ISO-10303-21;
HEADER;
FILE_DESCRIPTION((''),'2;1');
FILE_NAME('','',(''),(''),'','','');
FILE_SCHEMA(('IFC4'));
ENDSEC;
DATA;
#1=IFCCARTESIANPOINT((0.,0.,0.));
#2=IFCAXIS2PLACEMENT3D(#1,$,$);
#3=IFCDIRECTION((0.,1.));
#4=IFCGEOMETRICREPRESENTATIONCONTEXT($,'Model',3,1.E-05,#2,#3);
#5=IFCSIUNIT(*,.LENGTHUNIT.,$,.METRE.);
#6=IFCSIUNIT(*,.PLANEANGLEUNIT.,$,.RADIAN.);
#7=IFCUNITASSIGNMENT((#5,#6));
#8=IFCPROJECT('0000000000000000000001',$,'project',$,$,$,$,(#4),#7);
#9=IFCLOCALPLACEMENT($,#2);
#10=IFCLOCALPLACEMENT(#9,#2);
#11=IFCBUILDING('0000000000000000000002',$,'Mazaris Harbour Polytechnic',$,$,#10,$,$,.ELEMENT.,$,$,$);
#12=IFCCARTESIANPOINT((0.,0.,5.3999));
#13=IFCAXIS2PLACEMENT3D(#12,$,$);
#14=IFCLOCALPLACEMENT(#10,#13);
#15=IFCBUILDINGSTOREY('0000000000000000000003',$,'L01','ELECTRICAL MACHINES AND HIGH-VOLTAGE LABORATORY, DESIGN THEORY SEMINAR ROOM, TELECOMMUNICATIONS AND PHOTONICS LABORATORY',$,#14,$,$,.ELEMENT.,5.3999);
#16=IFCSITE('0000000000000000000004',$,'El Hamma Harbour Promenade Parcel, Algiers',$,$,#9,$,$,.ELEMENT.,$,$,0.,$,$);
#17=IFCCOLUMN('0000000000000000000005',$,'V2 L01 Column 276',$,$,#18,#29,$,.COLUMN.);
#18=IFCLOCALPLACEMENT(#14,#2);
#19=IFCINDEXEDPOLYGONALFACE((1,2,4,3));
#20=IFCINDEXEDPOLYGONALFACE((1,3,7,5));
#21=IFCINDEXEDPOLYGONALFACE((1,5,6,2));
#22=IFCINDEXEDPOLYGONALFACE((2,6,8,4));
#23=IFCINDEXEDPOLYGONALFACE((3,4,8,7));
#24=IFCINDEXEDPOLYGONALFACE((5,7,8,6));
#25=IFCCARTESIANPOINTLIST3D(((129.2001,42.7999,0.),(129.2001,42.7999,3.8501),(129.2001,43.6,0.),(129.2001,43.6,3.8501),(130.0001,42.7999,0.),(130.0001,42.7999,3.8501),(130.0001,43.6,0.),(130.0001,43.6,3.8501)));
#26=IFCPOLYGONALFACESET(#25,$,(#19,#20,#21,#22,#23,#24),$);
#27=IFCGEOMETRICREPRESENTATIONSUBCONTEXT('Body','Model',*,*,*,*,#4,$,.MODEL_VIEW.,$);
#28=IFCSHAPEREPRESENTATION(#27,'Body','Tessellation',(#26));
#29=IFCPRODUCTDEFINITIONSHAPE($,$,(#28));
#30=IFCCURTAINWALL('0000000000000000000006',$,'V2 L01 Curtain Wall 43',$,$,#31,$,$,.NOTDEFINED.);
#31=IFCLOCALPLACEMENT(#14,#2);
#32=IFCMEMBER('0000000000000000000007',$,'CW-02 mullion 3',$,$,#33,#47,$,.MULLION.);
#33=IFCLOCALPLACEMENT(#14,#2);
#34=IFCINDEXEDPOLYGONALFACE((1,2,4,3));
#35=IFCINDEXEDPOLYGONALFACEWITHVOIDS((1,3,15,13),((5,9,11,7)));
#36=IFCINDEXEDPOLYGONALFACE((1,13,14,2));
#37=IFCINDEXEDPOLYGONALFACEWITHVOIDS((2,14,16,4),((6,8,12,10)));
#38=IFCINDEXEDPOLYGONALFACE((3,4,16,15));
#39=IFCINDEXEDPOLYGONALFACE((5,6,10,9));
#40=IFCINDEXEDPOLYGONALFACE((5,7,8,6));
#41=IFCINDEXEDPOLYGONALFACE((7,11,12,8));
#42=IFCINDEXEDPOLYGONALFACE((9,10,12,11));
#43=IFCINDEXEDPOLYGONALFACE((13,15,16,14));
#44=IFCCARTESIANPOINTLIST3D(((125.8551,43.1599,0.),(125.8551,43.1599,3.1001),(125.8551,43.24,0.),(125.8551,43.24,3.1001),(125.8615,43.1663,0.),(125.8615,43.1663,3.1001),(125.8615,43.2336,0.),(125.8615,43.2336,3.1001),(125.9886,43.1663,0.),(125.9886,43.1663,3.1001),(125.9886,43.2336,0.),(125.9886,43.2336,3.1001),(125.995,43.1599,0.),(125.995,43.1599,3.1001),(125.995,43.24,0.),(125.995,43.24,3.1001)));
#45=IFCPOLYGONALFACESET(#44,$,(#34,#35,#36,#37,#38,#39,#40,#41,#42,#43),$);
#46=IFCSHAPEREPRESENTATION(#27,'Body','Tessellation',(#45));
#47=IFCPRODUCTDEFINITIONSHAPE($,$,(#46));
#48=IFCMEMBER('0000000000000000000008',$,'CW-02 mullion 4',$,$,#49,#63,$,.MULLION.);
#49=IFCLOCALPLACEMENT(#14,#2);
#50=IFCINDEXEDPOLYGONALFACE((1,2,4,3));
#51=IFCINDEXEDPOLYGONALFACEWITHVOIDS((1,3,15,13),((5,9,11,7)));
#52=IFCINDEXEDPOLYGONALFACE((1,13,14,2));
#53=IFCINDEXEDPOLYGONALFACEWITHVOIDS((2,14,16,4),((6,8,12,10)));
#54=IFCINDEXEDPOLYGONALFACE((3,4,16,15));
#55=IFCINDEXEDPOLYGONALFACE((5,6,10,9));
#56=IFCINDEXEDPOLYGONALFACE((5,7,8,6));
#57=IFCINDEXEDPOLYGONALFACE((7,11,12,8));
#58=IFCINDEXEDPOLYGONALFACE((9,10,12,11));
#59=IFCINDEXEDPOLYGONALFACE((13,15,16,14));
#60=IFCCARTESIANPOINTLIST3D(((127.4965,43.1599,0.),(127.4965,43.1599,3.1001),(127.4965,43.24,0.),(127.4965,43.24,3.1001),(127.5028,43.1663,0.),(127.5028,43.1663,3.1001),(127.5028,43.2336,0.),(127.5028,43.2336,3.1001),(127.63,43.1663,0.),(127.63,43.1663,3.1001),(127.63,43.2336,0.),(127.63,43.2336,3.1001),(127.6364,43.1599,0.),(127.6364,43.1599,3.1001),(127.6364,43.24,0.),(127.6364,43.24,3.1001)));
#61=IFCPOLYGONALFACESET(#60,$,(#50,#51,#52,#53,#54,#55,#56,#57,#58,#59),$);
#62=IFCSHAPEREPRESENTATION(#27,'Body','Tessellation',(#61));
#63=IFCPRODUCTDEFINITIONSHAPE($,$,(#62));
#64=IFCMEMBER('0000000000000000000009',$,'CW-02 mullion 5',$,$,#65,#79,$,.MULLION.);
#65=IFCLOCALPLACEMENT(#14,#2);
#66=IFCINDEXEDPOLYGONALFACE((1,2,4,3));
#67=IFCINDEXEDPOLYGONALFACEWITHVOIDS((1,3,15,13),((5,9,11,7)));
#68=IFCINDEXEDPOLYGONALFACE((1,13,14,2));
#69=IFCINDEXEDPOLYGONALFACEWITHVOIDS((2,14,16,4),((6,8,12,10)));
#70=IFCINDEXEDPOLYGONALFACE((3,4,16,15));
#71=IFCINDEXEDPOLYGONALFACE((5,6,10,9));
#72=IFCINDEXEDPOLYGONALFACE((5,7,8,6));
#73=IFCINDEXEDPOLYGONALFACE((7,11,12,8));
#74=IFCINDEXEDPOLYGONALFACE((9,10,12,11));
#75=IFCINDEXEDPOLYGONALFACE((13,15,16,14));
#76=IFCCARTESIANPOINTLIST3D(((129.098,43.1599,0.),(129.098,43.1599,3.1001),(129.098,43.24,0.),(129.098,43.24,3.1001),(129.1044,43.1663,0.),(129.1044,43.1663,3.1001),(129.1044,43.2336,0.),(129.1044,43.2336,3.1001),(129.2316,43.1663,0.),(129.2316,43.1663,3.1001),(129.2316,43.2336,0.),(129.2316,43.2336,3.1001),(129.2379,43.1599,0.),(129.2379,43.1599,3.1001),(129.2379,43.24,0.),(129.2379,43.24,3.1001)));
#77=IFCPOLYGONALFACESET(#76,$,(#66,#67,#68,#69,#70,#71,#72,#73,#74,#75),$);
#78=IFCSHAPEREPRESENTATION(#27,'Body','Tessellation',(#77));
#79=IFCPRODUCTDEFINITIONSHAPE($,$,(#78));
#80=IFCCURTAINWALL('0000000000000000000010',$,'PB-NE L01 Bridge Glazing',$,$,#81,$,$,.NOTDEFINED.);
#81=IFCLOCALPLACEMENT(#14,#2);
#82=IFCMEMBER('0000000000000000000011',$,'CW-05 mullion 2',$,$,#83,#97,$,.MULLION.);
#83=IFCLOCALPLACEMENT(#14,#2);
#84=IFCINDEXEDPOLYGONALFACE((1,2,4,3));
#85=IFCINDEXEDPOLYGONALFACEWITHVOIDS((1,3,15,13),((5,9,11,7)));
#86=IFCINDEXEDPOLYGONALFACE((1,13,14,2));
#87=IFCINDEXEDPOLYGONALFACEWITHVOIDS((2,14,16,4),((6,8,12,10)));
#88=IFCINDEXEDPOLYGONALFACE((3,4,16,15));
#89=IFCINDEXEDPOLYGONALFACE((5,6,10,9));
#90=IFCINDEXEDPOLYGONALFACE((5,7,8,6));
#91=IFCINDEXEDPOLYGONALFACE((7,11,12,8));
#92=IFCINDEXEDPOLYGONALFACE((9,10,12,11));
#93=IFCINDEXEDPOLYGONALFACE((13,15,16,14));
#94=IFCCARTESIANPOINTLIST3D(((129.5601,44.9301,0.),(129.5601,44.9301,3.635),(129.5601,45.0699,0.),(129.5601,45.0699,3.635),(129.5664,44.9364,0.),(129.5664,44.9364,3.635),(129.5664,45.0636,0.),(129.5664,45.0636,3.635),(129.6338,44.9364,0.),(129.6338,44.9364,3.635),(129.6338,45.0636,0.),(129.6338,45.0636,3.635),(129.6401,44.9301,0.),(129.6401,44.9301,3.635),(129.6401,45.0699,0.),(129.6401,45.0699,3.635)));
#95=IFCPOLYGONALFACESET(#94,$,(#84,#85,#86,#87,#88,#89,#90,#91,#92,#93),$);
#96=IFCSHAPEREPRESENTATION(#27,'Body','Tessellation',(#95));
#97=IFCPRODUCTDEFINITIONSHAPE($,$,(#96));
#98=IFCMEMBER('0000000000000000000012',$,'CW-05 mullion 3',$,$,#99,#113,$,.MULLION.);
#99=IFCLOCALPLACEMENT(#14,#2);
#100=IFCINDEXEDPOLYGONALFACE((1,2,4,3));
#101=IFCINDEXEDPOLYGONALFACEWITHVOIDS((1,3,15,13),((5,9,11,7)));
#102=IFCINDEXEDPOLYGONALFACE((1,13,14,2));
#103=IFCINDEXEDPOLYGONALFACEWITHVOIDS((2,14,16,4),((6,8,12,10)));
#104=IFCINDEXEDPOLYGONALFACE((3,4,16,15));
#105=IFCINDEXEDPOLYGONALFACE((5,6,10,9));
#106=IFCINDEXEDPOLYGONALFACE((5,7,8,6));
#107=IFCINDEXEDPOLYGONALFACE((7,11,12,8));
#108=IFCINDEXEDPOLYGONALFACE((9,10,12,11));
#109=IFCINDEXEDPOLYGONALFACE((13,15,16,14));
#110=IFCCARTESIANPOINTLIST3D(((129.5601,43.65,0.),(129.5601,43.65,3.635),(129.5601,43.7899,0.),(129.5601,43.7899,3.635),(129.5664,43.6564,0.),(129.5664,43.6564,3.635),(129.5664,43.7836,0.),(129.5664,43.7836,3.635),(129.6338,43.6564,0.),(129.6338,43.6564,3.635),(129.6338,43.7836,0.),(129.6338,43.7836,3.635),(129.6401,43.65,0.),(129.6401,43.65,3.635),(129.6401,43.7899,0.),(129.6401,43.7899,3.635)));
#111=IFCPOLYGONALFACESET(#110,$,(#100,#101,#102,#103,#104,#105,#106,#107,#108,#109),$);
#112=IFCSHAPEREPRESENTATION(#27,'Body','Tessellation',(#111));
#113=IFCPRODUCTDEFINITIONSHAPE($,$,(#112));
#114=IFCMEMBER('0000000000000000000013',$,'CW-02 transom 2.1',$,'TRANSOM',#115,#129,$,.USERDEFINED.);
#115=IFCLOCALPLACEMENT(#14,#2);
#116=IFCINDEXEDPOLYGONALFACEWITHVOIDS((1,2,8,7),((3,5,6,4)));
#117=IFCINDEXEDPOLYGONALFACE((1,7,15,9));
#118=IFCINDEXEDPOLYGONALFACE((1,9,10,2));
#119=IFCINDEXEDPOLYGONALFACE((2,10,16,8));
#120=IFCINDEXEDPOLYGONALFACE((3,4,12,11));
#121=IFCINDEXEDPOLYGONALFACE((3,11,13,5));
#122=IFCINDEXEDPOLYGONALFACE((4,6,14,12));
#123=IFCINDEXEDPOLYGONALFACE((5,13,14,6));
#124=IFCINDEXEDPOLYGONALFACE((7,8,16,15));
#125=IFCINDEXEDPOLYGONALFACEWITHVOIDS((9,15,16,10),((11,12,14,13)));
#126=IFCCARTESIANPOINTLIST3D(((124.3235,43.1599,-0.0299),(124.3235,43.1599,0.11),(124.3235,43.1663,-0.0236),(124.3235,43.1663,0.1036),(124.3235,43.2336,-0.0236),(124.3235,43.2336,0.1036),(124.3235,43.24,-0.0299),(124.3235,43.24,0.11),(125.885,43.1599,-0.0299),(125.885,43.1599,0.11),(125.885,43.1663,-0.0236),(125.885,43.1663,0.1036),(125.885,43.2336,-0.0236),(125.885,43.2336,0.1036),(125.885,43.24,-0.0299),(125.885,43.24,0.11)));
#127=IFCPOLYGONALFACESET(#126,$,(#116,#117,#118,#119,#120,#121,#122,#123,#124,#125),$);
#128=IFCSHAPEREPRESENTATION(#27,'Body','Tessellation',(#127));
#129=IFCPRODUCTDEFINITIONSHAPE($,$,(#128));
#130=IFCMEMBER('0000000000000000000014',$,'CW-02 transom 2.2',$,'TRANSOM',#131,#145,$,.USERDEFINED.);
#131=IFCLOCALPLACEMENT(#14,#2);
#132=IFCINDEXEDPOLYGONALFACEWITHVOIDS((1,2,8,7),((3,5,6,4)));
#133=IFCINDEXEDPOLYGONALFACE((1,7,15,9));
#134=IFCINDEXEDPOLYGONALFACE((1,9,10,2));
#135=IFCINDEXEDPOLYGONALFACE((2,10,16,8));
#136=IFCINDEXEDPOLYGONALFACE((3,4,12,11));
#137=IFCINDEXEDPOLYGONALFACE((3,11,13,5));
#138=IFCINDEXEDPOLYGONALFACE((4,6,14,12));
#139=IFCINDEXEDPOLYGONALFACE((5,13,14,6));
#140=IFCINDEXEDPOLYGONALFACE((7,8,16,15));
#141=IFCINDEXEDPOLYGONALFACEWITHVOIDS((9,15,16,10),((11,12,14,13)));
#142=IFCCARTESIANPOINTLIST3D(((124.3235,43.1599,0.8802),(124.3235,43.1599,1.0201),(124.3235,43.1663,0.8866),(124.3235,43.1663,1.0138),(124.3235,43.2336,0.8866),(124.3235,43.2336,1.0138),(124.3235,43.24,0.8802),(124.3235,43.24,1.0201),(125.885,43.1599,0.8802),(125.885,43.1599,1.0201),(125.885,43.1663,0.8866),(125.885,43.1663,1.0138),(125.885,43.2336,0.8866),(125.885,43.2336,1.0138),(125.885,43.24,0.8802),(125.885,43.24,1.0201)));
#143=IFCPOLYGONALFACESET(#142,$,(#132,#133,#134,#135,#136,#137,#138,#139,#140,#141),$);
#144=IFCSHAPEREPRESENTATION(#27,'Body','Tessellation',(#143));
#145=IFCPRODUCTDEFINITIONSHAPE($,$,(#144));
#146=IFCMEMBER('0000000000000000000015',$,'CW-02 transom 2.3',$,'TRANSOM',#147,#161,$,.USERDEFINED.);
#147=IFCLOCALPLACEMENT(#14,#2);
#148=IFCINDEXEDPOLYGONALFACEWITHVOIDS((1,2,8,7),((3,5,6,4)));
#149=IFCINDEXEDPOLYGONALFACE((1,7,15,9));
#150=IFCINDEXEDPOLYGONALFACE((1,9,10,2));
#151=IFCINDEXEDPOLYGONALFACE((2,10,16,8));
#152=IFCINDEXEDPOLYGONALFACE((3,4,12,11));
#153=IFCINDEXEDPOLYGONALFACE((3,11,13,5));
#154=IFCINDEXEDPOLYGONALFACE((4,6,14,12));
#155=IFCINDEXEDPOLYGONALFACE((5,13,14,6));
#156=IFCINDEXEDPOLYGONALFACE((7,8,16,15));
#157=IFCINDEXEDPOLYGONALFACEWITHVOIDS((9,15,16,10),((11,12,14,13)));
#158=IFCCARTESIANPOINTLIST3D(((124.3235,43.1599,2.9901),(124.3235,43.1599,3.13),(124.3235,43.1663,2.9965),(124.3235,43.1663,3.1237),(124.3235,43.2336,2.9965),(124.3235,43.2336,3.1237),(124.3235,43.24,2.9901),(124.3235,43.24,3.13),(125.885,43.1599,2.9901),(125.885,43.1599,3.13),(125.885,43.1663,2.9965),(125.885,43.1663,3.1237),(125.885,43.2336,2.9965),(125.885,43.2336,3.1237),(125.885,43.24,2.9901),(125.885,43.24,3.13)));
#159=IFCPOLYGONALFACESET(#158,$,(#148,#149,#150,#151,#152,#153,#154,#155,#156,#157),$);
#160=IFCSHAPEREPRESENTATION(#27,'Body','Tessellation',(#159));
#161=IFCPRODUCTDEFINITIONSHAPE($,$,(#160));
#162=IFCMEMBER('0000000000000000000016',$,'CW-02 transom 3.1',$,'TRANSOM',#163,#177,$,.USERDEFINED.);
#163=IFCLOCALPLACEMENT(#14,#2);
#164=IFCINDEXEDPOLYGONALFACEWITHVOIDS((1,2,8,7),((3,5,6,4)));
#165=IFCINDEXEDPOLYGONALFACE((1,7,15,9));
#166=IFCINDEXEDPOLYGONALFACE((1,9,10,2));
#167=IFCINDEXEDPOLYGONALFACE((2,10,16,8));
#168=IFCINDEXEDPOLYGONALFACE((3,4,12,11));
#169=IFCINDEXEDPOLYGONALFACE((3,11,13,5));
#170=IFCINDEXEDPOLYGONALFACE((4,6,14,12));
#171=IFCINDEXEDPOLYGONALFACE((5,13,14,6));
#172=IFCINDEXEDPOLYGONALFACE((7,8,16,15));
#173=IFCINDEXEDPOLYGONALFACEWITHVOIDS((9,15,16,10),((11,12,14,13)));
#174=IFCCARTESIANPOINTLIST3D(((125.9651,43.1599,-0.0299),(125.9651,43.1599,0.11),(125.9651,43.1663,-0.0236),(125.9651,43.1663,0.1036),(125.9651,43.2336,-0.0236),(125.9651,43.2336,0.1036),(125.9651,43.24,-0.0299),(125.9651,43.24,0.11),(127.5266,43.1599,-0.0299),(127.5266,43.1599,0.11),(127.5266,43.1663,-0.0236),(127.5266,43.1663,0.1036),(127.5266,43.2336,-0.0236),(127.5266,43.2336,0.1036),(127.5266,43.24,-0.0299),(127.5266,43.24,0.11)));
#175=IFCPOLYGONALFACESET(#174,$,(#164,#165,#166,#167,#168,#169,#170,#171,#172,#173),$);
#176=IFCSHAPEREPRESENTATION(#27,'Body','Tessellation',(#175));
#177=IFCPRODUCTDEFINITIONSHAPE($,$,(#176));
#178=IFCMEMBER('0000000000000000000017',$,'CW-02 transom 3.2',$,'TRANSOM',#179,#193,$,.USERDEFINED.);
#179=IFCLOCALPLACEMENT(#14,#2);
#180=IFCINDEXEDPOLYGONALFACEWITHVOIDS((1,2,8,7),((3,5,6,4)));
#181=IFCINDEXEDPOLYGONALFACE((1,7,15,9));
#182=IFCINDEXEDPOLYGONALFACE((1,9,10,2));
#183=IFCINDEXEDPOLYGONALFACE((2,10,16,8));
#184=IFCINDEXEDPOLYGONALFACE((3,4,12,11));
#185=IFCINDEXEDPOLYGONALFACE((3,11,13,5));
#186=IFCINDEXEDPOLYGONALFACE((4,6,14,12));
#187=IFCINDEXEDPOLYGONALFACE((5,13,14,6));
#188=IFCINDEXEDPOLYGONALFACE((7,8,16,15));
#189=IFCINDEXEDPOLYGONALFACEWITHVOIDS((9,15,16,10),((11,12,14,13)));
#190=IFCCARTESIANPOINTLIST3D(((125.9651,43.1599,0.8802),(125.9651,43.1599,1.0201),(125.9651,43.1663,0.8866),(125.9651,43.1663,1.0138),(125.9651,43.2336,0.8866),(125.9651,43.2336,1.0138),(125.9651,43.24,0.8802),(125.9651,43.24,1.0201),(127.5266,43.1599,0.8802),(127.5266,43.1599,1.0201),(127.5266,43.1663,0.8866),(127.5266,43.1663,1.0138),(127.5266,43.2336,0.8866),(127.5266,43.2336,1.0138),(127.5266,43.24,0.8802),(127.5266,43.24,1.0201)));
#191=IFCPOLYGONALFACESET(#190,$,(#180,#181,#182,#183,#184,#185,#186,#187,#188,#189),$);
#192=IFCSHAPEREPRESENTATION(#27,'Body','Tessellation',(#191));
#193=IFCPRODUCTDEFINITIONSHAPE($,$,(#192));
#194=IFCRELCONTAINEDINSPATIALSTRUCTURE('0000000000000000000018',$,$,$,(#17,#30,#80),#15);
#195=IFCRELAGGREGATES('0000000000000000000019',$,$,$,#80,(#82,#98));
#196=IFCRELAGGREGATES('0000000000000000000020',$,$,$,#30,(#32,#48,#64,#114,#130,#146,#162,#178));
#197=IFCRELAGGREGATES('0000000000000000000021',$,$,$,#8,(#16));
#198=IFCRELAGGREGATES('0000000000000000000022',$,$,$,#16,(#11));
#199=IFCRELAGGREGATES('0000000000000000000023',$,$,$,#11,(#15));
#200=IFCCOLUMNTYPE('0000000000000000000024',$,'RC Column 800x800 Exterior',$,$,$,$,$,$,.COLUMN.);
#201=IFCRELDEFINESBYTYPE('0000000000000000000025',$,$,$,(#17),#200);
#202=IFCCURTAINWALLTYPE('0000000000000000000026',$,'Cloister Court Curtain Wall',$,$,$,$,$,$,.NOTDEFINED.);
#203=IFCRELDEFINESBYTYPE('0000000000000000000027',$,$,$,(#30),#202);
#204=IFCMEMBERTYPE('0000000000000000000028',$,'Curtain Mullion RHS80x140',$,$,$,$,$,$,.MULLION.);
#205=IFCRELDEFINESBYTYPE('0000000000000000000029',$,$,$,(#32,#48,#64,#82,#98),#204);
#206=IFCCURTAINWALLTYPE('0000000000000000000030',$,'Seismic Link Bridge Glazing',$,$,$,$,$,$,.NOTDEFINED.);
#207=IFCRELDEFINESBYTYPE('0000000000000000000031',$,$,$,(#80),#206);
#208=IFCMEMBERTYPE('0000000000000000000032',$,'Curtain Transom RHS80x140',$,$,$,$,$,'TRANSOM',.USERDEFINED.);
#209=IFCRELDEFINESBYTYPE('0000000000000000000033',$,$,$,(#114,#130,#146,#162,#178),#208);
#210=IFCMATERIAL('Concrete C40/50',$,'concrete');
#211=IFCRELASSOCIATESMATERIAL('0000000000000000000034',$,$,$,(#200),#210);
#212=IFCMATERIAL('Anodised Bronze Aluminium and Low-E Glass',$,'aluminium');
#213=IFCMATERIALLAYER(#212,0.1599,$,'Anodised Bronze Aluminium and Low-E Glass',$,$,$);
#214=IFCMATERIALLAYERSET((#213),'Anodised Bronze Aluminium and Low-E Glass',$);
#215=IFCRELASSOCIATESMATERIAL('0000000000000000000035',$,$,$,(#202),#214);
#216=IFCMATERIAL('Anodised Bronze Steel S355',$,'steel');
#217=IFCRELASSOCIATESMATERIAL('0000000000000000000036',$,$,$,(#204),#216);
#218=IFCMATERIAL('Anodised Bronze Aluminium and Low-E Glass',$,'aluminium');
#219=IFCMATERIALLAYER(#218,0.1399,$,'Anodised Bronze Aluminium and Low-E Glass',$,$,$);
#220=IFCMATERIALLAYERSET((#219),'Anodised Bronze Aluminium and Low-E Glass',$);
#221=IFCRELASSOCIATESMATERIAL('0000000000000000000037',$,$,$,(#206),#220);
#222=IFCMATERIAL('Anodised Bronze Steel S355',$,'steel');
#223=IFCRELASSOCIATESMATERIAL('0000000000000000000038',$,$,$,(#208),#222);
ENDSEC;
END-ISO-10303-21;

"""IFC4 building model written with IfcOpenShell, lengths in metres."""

from ifc_helpers import new_model, si_unit, direction, frame, origin, origin_2d, place, context, subcontext, project, spatial, rectangle, hollow_rectangle, extrude, material, layer, layer_set, material_profile, profile_set, type_object, element, aggregate, save


model = new_model("IFC4")

# Units and contexts
model_context = context("Model", 3, precision=1e-05, world=origin(), true_north=direction((0.0, 1.0)))
body_context = subcontext(model_context, "Body", "Model", "MODEL_VIEW")
ifc_project = project(units=[si_unit("LENGTHUNIT", "METRE"), si_unit("PLANEANGLEUNIT", "RADIAN")], contexts=[model_context])

# Site, building, storey
site_placement = place(None, origin())
site = spatial("IfcSite", under=ifc_project, at=site_placement, Name="El Hamma Harbour Promenade Parcel, Algiers", CompositionType="ELEMENT", RefElevation=0.0)
building_placement = place(site_placement, origin())
building = spatial("IfcBuilding", under=site, at=building_placement, Name="Mazaris Harbour Polytechnic", CompositionType="ELEMENT")
storey_placement = place(building_placement, frame((0.0, 0.0, 5.3999)))
storey = spatial("IfcBuildingStorey", under=building, at=storey_placement, Name="L01", Description="ELECTRICAL MACHINES AND HIGH-VOLTAGE LABORATORY, DESIGN THEORY SEMINAR ROOM, TELECOMMUNICATIONS AND PHOTONICS LABORATORY", CompositionType="ELEMENT", Elevation=5.3999)

# Column
ifc_material_1 = material(Name="Concrete C40/50", Category="concrete")
ifc_material_profile_1 = material_profile(ifc_material_1, rectangle(XDim=0.8, YDim=0.8, at=origin_2d()), Name="RECT800x800")
ifc_profile_set_1 = profile_set([ifc_material_profile_1], Name="Concrete C40/50")
column_type = type_object("IfcColumnType", Name="RC Column 800x800 Exterior", PredefinedType="COLUMN", material=ifc_profile_set_1)
column_placement = place(storey_placement, frame((129.6001, 43.2, 0.0), z_axis=(0.0, 0.0, 1.0), x_axis=(1.0, 0.0, 0.0)))
element("IfcColumn", 1, at=column_placement, inside=storey, type_object=column_type, Name="V2 L01 Column 276", PredefinedType="COLUMN", context=body_context, shape_type="SweptSolid", body=[
    extrude(rectangle(XDim=0.8, YDim=0.8, at=origin_2d()), origin(), (0.0, 0.0, 1.0), 3.8501),
])

# Curtain walls, members
ifc_material_2 = material(Name="Anodised Bronze Aluminium and Low-E Glass", Category="aluminium")
ifc_layer_1 = layer(ifc_material_2, 0.1599, Name="Anodised Bronze Aluminium and Low-E Glass")
ifc_layer_set_1 = layer_set([ifc_layer_1], Name="Anodised Bronze Aluminium and Low-E Glass")
curtain_wall_type_1 = type_object("IfcCurtainWallType", Name="Cloister Court Curtain Wall", PredefinedType="NOTDEFINED", material=ifc_layer_set_1)
curtain_wall_1_placement = place(storey_placement, origin())
curtain_wall_1 = element("IfcCurtainWall", 2, at=curtain_wall_1_placement, inside=storey, type_object=curtain_wall_type_1, Name="V2 L01 Curtain Wall 43", PredefinedType="NOTDEFINED")
ifc_material_3 = material(Name="Anodised Bronze Steel S355", Category="steel")
ifc_material_profile_2 = material_profile(ifc_material_3, hollow_rectangle(XDim=0.0801, YDim=0.1399, WallThickness=0.0063, at=origin_2d()), Name="RHS 80x140x6.3")
ifc_profile_set_2 = profile_set([ifc_material_profile_2], Name="Anodised Bronze Steel S355")
member_type_1 = type_object("IfcMemberType", Name="Curtain Mullion RHS80x140", PredefinedType="MULLION", material=ifc_profile_set_2)
member_1_placement = place(storey_placement, frame((125.925, 43.2, 0.0), z_axis=(0.0, 0.0, 1.0), x_axis=(0.0, 1.0, 0.0)))
member_1 = element("IfcMember", 3, at=member_1_placement, type_object=member_type_1, Name="CW-02 mullion 3", PredefinedType="MULLION", context=body_context, shape_type="SweptSolid", body=[
    extrude(hollow_rectangle(XDim=0.0801, YDim=0.1399, WallThickness=0.0063, at=origin_2d()), origin(), (0.0, 0.0, 1.0), 3.1001),
])
member_2_placement = place(storey_placement, frame((127.5664, 43.2, 0.0), z_axis=(0.0, 0.0, 1.0), x_axis=(0.0, 1.0, 0.0)))
member_2 = element("IfcMember", 4, at=member_2_placement, type_object=member_type_1, Name="CW-02 mullion 4", PredefinedType="MULLION", context=body_context, shape_type="SweptSolid", body=[
    extrude(hollow_rectangle(XDim=0.0801, YDim=0.1399, WallThickness=0.0063, at=origin_2d()), origin(), (0.0, 0.0, 1.0), 3.1001),
])
member_3_placement = place(storey_placement, frame((129.168, 43.2, 0.0), z_axis=(0.0, 0.0, 1.0), x_axis=(0.0, 1.0, 0.0)))
member_3 = element("IfcMember", 5, at=member_3_placement, type_object=member_type_1, Name="CW-02 mullion 5", PredefinedType="MULLION", context=body_context, shape_type="SweptSolid", body=[
    extrude(hollow_rectangle(XDim=0.0801, YDim=0.1399, WallThickness=0.0063, at=origin_2d()), origin(), (0.0, 0.0, 1.0), 3.1001),
])
ifc_material_4 = material(Name="Anodised Bronze Aluminium and Low-E Glass", Category="aluminium")
ifc_layer_2 = layer(ifc_material_4, 0.1399, Name="Anodised Bronze Aluminium and Low-E Glass")
ifc_layer_set_2 = layer_set([ifc_layer_2], Name="Anodised Bronze Aluminium and Low-E Glass")
curtain_wall_type_2 = type_object("IfcCurtainWallType", Name="Seismic Link Bridge Glazing", PredefinedType="NOTDEFINED", material=ifc_layer_set_2)
curtain_wall_2_placement = place(storey_placement, origin())
curtain_wall_2 = element("IfcCurtainWall", 6, at=curtain_wall_2_placement, inside=storey, type_object=curtain_wall_type_2, Name="PB-NE L01 Bridge Glazing", PredefinedType="NOTDEFINED")
member_4_placement = place(storey_placement, frame((129.6001, 45.0, 0.0), z_axis=(0.0, 0.0, 1.0), x_axis=(1.0, 0.0, 0.0)))
member_4 = element("IfcMember", 7, at=member_4_placement, type_object=member_type_1, Name="CW-05 mullion 2", PredefinedType="MULLION", context=body_context, shape_type="SweptSolid", body=[
    extrude(hollow_rectangle(XDim=0.0801, YDim=0.1399, WallThickness=0.0063, at=origin_2d()), origin(), (0.0, 0.0, 1.0), 3.635),
])
member_5_placement = place(storey_placement, frame((129.6001, 43.72, 0.0), z_axis=(0.0, 0.0, 1.0), x_axis=(1.0, 0.0, 0.0)))
member_5 = element("IfcMember", 8, at=member_5_placement, type_object=member_type_1, Name="CW-05 mullion 3", PredefinedType="MULLION", context=body_context, shape_type="SweptSolid", body=[
    extrude(hollow_rectangle(XDim=0.0801, YDim=0.1399, WallThickness=0.0063, at=origin_2d()), origin(), (0.0, 0.0, 1.0), 3.635),
])

# Members
ifc_material_5 = material(Name="Anodised Bronze Steel S355", Category="steel")
ifc_material_profile_3 = material_profile(ifc_material_5, hollow_rectangle(XDim=0.0801, YDim=0.1399, WallThickness=0.0063, at=origin_2d()), Name="RHS 80x140x6.3")
ifc_profile_set_3 = profile_set([ifc_material_profile_3], Name="Anodised Bronze Steel S355")
member_type_2 = type_object("IfcMemberType", Name="Curtain Transom RHS80x140", ElementType="TRANSOM", PredefinedType="USERDEFINED", material=ifc_profile_set_3)
member_6_placement = place(storey_placement, frame((124.3235, 43.2, 0.04), z_axis=(1.0, 0.0, 0.0), x_axis=(0.0, 1.0, 0.0)))
member_6 = element("IfcMember", 9, at=member_6_placement, type_object=member_type_2, Name="CW-02 transom 2.1", ObjectType="TRANSOM", PredefinedType="USERDEFINED", context=body_context, shape_type="SweptSolid", body=[
    extrude(hollow_rectangle(XDim=0.0801, YDim=0.1399, WallThickness=0.0063, at=origin_2d()), origin(), (0.0, 0.0, 1.0), 1.5615),
])
member_7_placement = place(storey_placement, frame((124.3235, 43.2, 0.9502), z_axis=(1.0, 0.0, 0.0), x_axis=(0.0, 1.0, 0.0)))
member_7 = element("IfcMember", 10, at=member_7_placement, type_object=member_type_2, Name="CW-02 transom 2.2", ObjectType="TRANSOM", PredefinedType="USERDEFINED", context=body_context, shape_type="SweptSolid", body=[
    extrude(hollow_rectangle(XDim=0.0801, YDim=0.1399, WallThickness=0.0063, at=origin_2d()), origin(), (0.0, 0.0, 1.0), 1.5615),
])
member_8_placement = place(storey_placement, frame((124.3235, 43.2, 3.0601), z_axis=(1.0, 0.0, 0.0), x_axis=(0.0, 1.0, 0.0)))
member_8 = element("IfcMember", 11, at=member_8_placement, type_object=member_type_2, Name="CW-02 transom 2.3", ObjectType="TRANSOM", PredefinedType="USERDEFINED", context=body_context, shape_type="SweptSolid", body=[
    extrude(hollow_rectangle(XDim=0.0801, YDim=0.1399, WallThickness=0.0063, at=origin_2d()), origin(), (0.0, 0.0, 1.0), 1.5615),
])
member_9_placement = place(storey_placement, frame((125.9651, 43.2, 0.04), z_axis=(1.0, 0.0, 0.0), x_axis=(0.0, 1.0, 0.0)))
member_9 = element("IfcMember", 12, at=member_9_placement, type_object=member_type_2, Name="CW-02 transom 3.1", ObjectType="TRANSOM", PredefinedType="USERDEFINED", context=body_context, shape_type="SweptSolid", body=[
    extrude(hollow_rectangle(XDim=0.0801, YDim=0.1399, WallThickness=0.0063, at=origin_2d()), origin(), (0.0, 0.0, 1.0), 1.5615),
])
member_10_placement = place(storey_placement, frame((125.9651, 43.2, 0.9502), z_axis=(1.0, 0.0, 0.0), x_axis=(0.0, 1.0, 0.0)))
member_10 = element("IfcMember", 13, at=member_10_placement, type_object=member_type_2, Name="CW-02 transom 3.2", ObjectType="TRANSOM", PredefinedType="USERDEFINED", context=body_context, shape_type="SweptSolid", body=[
    extrude(hollow_rectangle(XDim=0.0801, YDim=0.1399, WallThickness=0.0063, at=origin_2d()), origin(), (0.0, 0.0, 1.0), 1.5615),
])

aggregate(curtain_wall_2, [member_4, member_5])
aggregate(curtain_wall_1, [member_1, member_2, member_3, member_6, member_7, member_8, member_9, member_10])

save(model, "model.ifc")
